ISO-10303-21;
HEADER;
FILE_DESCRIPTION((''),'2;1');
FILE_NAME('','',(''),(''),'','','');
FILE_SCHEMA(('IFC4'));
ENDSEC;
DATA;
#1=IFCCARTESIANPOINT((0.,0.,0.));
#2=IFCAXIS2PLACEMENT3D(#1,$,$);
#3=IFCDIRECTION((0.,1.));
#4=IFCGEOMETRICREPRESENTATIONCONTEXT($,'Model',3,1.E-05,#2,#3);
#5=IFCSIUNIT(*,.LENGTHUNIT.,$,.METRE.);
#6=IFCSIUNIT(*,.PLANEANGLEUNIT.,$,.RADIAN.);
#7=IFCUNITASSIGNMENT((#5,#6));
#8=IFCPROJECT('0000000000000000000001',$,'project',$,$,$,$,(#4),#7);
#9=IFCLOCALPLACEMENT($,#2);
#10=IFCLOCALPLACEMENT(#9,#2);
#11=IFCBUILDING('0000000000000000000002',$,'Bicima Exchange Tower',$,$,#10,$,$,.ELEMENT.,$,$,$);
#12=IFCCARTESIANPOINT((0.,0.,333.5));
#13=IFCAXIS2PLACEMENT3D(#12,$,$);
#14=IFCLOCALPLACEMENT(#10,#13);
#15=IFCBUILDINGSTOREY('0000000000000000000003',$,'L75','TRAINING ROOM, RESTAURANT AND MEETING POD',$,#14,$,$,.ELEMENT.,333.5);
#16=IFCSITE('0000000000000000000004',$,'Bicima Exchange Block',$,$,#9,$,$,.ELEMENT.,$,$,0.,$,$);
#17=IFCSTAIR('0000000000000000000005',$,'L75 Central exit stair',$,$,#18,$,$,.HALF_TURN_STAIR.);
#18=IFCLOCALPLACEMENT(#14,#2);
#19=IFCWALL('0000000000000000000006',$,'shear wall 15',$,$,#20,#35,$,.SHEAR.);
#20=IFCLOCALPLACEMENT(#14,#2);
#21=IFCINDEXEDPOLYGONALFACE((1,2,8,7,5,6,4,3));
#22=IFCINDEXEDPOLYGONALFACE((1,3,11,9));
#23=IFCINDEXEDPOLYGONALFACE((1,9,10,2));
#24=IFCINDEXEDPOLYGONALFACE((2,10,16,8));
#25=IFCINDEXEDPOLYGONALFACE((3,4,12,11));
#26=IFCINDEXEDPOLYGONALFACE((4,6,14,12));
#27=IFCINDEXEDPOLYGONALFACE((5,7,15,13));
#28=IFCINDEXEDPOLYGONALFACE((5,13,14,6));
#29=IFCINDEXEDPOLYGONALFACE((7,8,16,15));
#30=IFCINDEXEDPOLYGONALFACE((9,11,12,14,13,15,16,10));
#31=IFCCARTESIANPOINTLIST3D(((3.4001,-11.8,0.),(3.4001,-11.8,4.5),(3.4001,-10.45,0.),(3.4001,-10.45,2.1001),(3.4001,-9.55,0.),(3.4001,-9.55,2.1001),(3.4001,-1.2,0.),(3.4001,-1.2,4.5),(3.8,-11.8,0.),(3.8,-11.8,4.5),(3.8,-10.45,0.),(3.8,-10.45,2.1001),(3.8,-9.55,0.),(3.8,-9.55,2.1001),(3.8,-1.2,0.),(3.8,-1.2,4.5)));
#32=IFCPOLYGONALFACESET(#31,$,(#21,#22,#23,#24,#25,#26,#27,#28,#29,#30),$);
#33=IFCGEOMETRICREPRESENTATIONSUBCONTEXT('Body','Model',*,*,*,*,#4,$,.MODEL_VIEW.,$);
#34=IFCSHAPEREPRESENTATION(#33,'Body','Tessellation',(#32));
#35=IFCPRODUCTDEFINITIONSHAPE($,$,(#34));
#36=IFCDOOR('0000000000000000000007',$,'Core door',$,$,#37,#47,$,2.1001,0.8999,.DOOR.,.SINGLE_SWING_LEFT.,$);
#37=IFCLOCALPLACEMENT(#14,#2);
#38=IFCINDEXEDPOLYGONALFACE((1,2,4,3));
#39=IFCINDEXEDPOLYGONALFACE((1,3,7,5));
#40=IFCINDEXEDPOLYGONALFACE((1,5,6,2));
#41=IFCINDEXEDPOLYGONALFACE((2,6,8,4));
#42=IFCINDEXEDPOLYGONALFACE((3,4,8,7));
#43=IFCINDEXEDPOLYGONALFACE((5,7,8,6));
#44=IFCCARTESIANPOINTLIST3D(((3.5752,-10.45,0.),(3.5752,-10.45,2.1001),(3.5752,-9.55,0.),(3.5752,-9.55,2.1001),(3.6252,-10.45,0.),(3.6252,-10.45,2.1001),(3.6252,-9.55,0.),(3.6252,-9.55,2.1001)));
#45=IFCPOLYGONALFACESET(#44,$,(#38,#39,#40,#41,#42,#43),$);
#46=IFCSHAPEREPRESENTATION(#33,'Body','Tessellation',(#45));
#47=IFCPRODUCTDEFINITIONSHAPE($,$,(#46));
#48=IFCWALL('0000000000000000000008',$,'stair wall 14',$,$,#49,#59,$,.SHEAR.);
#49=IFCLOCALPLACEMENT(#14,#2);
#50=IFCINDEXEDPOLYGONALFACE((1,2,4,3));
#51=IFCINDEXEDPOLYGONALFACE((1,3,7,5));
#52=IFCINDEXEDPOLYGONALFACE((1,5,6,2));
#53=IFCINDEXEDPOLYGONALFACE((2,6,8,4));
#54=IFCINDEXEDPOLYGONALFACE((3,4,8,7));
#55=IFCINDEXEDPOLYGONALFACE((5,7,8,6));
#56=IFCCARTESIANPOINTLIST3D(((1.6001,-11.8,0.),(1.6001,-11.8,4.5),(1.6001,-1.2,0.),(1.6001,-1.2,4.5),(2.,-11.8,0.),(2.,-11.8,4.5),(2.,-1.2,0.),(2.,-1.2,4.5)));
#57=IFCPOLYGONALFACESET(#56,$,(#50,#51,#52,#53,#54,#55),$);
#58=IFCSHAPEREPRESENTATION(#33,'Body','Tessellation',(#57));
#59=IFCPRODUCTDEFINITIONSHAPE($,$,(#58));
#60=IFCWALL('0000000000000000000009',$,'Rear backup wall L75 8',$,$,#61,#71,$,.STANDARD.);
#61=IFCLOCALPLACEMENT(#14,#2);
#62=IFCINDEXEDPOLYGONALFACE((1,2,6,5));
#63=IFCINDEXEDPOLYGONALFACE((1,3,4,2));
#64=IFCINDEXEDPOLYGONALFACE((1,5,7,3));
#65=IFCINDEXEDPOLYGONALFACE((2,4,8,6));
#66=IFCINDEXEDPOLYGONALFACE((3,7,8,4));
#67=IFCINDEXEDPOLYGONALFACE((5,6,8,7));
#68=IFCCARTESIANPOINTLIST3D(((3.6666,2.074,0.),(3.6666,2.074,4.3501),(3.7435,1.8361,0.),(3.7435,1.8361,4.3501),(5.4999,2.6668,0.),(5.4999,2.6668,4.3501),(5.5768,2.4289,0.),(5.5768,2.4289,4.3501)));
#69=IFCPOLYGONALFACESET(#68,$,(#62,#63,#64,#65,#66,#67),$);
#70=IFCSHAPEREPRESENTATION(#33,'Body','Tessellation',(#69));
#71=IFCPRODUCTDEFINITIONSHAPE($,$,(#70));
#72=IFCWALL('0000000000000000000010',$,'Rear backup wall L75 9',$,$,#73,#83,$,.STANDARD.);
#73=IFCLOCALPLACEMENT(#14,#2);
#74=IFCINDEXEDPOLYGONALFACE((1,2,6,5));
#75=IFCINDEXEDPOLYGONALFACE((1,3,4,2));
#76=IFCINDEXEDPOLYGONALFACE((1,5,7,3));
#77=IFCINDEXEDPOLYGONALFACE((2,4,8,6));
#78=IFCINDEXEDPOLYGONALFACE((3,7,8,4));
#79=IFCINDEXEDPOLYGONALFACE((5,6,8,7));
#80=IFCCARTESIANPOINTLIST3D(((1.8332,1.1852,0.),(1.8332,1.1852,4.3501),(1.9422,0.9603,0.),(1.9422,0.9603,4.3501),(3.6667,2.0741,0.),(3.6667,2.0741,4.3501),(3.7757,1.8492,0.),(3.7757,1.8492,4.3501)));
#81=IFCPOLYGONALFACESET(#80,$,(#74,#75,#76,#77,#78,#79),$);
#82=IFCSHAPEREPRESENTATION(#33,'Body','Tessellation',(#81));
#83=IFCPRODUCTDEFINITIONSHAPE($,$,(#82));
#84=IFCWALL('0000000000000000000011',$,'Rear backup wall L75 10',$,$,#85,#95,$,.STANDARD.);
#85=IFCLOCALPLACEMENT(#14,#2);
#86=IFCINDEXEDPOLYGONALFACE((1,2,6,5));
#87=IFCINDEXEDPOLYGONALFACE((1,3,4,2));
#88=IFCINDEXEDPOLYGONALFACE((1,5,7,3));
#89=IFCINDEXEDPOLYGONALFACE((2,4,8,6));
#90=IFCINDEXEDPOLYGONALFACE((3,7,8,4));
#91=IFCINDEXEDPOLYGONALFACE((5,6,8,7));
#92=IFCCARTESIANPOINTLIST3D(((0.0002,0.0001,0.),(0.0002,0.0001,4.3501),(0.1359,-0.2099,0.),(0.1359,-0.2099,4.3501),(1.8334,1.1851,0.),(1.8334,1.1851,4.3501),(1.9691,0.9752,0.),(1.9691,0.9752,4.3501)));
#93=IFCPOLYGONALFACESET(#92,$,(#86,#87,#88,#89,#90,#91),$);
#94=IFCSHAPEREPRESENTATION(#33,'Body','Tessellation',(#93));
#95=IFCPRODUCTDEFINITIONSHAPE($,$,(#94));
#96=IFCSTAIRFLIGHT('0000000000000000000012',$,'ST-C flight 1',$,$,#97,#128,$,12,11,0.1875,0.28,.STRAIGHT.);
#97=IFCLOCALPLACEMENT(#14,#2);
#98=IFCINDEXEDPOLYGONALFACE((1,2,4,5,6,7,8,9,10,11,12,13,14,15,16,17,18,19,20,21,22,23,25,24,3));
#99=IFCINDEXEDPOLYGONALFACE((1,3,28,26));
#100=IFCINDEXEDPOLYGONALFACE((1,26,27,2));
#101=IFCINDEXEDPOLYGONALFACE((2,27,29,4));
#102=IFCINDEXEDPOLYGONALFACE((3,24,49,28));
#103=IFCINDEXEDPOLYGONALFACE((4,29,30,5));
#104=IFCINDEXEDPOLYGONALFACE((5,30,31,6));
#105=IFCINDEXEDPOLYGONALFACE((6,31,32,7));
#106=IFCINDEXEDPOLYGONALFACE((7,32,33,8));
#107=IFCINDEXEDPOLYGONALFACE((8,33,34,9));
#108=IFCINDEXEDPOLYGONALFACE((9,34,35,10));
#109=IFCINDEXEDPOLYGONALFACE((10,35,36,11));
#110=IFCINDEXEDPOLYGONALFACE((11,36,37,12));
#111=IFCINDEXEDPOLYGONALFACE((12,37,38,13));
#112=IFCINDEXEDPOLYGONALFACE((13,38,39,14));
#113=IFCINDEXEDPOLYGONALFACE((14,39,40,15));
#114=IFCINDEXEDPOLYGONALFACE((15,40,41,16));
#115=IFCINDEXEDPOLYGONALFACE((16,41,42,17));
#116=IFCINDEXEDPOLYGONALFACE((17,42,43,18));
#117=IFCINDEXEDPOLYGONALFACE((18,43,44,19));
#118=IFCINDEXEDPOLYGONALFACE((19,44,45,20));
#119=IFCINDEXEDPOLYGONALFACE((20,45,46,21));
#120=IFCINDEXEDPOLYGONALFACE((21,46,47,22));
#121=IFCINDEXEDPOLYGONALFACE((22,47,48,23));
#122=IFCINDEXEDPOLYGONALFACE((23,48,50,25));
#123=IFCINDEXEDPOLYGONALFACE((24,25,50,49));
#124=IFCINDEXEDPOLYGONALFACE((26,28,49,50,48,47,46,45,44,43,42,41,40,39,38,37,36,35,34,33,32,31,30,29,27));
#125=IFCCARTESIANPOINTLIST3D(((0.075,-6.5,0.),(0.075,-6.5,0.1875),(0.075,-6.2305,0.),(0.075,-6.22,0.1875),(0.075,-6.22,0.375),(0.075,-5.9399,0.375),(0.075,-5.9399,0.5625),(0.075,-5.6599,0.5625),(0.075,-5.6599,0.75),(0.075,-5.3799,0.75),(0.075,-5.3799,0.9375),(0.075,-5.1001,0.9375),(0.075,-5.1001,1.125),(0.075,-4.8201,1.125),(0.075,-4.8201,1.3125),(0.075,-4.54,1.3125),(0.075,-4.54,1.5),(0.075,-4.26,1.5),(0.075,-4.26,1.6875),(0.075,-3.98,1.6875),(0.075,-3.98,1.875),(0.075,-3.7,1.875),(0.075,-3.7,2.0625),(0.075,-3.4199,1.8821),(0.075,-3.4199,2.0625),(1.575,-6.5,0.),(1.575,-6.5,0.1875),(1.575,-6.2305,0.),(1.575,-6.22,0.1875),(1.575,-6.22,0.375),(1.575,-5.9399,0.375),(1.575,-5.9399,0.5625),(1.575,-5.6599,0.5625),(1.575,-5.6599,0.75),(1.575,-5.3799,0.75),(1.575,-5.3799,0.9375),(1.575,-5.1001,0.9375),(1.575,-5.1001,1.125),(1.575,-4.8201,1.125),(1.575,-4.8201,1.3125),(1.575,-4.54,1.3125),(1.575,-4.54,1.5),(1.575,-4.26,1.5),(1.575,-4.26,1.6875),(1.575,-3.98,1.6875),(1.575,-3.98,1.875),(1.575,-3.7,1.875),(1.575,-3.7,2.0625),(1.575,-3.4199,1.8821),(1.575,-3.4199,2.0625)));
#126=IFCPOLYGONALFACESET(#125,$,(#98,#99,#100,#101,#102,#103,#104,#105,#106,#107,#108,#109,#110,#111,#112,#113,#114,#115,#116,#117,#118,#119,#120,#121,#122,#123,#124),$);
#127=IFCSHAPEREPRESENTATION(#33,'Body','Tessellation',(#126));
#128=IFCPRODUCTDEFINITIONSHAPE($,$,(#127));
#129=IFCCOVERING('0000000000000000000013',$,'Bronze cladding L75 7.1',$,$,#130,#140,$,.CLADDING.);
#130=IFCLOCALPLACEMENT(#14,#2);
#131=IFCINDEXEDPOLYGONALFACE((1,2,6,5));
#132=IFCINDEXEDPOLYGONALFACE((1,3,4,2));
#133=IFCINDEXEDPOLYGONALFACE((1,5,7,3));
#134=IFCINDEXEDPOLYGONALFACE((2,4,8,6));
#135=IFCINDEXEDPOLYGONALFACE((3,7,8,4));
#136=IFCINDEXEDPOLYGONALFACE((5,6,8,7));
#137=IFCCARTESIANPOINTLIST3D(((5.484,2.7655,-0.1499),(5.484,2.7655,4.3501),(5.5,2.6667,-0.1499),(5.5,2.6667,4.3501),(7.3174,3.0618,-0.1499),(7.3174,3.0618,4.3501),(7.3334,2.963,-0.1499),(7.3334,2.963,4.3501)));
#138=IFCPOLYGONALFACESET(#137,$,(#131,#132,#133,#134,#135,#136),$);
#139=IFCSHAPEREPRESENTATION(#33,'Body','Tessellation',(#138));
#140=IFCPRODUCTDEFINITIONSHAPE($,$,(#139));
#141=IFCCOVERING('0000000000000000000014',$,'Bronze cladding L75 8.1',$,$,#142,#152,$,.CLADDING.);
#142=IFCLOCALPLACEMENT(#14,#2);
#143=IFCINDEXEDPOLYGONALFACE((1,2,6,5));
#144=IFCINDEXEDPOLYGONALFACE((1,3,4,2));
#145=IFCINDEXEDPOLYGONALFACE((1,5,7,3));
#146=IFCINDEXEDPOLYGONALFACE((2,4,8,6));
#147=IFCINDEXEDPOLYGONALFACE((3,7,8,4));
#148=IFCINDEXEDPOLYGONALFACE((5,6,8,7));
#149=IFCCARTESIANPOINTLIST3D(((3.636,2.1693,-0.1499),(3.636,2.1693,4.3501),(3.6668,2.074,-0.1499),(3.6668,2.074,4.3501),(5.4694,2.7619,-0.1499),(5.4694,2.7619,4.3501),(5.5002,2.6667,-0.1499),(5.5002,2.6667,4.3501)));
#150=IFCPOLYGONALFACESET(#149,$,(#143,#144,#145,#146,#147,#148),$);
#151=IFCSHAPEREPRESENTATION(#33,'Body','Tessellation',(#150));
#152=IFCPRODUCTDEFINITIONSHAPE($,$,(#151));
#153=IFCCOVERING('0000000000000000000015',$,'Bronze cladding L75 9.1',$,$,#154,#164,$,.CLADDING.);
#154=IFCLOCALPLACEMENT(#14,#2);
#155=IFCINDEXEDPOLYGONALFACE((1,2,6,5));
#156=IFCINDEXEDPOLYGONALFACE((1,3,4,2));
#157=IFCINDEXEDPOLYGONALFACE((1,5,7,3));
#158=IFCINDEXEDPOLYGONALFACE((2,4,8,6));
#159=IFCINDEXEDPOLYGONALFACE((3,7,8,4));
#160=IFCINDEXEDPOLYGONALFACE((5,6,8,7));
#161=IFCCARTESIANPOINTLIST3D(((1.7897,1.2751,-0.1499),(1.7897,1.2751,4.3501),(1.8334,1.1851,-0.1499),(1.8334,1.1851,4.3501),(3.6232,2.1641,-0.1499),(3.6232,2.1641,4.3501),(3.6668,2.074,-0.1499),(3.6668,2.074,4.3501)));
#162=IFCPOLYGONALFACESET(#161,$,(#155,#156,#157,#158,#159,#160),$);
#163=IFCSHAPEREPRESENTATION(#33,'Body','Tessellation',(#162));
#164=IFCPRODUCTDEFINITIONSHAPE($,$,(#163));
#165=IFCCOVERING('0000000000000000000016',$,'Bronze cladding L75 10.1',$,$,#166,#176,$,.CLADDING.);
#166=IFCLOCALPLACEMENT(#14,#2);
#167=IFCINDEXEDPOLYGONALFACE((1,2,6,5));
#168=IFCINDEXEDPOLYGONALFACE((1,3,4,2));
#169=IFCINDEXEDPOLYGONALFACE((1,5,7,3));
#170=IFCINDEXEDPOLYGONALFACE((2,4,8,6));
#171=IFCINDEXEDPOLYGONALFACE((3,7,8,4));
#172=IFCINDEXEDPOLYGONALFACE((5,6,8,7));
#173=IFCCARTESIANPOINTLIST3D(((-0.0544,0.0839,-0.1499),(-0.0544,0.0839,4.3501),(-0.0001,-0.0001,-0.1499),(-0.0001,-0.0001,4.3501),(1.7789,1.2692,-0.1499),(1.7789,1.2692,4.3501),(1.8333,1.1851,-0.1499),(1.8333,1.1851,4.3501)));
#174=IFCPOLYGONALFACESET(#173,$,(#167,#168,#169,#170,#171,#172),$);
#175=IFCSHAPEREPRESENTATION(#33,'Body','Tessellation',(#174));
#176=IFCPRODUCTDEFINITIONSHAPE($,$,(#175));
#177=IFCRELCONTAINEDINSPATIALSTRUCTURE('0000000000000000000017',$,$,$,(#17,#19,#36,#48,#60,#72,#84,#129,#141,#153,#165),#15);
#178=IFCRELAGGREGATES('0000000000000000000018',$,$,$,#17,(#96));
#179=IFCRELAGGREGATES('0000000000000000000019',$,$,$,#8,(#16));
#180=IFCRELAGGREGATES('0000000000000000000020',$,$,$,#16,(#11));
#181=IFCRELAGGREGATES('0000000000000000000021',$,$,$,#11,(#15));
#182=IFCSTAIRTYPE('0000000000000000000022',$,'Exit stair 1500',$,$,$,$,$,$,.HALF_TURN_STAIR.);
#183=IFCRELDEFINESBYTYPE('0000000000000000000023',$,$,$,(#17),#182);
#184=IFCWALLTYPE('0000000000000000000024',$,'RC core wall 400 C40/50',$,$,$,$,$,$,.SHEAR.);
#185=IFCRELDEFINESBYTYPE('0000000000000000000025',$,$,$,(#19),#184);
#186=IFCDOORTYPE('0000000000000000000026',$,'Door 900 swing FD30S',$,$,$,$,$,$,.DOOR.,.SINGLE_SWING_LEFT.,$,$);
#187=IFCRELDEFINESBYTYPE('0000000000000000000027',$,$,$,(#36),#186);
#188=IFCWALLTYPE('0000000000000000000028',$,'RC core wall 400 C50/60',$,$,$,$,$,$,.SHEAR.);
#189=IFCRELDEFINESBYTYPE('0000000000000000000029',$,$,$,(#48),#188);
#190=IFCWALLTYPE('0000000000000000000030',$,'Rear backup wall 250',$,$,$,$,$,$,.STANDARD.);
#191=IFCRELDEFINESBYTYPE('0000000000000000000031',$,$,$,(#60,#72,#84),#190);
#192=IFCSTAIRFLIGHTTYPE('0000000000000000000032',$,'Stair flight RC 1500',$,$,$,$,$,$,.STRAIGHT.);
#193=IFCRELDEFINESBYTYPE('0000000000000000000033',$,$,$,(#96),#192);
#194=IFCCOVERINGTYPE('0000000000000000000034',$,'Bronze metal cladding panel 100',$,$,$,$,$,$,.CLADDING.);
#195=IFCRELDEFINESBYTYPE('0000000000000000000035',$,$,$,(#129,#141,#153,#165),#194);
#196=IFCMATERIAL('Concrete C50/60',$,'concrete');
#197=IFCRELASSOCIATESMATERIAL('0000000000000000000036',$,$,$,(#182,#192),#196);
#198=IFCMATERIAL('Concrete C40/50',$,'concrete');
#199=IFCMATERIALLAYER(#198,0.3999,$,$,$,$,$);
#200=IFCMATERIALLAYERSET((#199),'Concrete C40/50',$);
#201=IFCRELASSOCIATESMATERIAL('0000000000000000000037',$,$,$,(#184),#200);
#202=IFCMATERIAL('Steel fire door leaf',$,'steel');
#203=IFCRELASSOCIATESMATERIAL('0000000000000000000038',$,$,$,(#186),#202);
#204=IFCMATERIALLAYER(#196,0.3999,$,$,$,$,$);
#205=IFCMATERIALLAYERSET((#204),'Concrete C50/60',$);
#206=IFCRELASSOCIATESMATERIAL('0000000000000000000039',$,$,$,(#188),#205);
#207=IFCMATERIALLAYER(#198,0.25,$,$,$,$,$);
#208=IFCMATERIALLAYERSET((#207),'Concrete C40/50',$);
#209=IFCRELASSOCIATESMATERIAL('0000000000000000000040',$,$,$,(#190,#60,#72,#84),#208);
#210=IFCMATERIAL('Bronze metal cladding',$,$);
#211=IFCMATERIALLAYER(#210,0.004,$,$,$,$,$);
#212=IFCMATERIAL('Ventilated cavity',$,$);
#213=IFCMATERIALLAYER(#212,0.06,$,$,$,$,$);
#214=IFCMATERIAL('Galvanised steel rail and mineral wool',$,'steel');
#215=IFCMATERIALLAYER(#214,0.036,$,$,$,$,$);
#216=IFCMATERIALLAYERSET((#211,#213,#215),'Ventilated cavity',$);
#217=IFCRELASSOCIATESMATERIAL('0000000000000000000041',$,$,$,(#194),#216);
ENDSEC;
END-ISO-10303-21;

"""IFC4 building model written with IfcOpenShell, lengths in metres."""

from ifc_helpers import new_model, si_unit, direction, frame, frame_2d, origin, origin_2d, place, context, subcontext, project, spatial, polyline, rectangle, outline, extrude, material, layer, layer_set, layer_usage, type_object, element, fill, aggregate, save


model = new_model("IFC4")

# Units and contexts
model_context = context("Model", 3, precision=1e-05, world=origin(), true_north=direction((0.0, 1.0)))
body_context = subcontext(model_context, "Body", "Model", "MODEL_VIEW")
ifc_project = project(units=[si_unit("LENGTHUNIT", "METRE"), si_unit("PLANEANGLEUNIT", "RADIAN")], contexts=[model_context])

# Site, building, storey
site_placement = place(None, origin())
site = spatial("IfcSite", under=ifc_project, at=site_placement, Name="Bicima Exchange Block", CompositionType="ELEMENT", RefElevation=0.0)
building_placement = place(site_placement, origin())
building = spatial("IfcBuilding", under=site, at=building_placement, Name="Bicima Exchange Tower", CompositionType="ELEMENT")
storey_placement = place(building_placement, frame((0.0, 0.0, 333.5)))
storey = spatial("IfcBuildingStorey", under=building, at=storey_placement, Name="L75", Description="TRAINING ROOM, RESTAURANT AND MEETING POD", CompositionType="ELEMENT", Elevation=333.5)

# Shared definitions
ifc_material_1 = material(Name="Concrete C40/50", Category="concrete")

# Stair
ifc_material_2 = material(Name="Concrete C50/60", Category="concrete")
stair_type_1 = type_object("IfcStairType", Name="Exit stair 1500", PredefinedType="HALF_TURN_STAIR", material=ifc_material_2)
stair_1_placement = place(storey_placement, origin())
stair_1 = element("IfcStair", 1, at=stair_1_placement, inside=storey, type_object=stair_type_1, Name="L75 Central exit stair", PredefinedType="HALF_TURN_STAIR")

# Shared definitions
ifc_layer_1 = layer(ifc_material_1, 0.3999)
ifc_layer_set_1 = layer_set([ifc_layer_1], Name="Concrete C40/50")
wall_type_1 = type_object("IfcWallType", Name="RC core wall 400 C40/50", PredefinedType="SHEAR", material=ifc_layer_set_1)
ifc_material_3 = material(Name="Steel fire door leaf", Category="steel")
door_type_1 = type_object("IfcDoorType", Name="Door 900 swing FD30S", OperationType="SINGLE_SWING_LEFT", PredefinedType="DOOR", material=ifc_material_3)

# Wall, opening, door
wall_1_placement = place(storey_placement, frame((3.6001, -11.8, 0.0), z_axis=(0.0, 0.0, 1.0), x_axis=(0.0, 1.0, 0.0)))
wall_1 = element("IfcWall", 2, at=wall_1_placement, inside=storey, type_object=wall_type_1, Name="shear wall 15", PredefinedType="SHEAR", context=body_context, shape_type="SweptSolid", body=[
    extrude(rectangle(XDim=10.6001, YDim=0.3999, at=frame_2d((5.3, 0.0))), origin(), (0.0, 0.0, 1.0), 4.5),
])
opening_1_placement = place(wall_1_placement, frame((1.3501, 0.0, 0.0)))
opening_1 = element("IfcOpeningElement", 3, at=opening_1_placement, cuts=wall_1, PredefinedType="OPENING", context=body_context, shape_type="SweptSolid", body=[
    extrude(rectangle(XDim=0.8999, YDim=2.1001, at=frame_2d((0.45, 1.05))), frame((0.0, 0.2119, 0.0), z_axis=(0.0, -1.0, 0.0), x_axis=(1.0, 0.0, 0.0)), (0.0, 0.0, 1.0), 0.4238),
])
door_1_placement = place(opening_1_placement, origin())
door_1 = element("IfcDoor", 4, at=door_1_placement, inside=storey, type_object=door_type_1, Name="Core door", OperationType="SINGLE_SWING_LEFT", OverallHeight=2.1001, OverallWidth=0.8999, PredefinedType="DOOR", context=body_context, shape_type="SweptSolid", body=[
    extrude(rectangle(XDim=0.8999, YDim=2.1001, at=frame_2d((0.45, 1.05))), frame((0.0, 0.0249, 0.0), z_axis=(0.0, -1.0, 0.0), x_axis=(1.0, 0.0, 0.0)), (0.0, 0.0, 1.0), 0.05),
])
fill(opening_1, door_1)

# Walls
ifc_layer_2 = layer(ifc_material_2, 0.3999)
ifc_layer_set_2 = layer_set([ifc_layer_2], Name="Concrete C50/60")
wall_type_2 = type_object("IfcWallType", Name="RC core wall 400 C50/60", PredefinedType="SHEAR", material=ifc_layer_set_2)
wall_2_placement = place(storey_placement, frame((1.8, -11.8, 0.0), z_axis=(0.0, 0.0, 1.0), x_axis=(0.0, 1.0, 0.0)))
element("IfcWall", 5, at=wall_2_placement, inside=storey, type_object=wall_type_2, Name="stair wall 14", PredefinedType="SHEAR", context=body_context, shape_type="SweptSolid", body=[
    extrude(rectangle(XDim=10.6001, YDim=0.3999, at=frame_2d((5.3, 0.0))), origin(), (0.0, 0.0, 1.0), 4.5),
])
ifc_layer_3 = layer(ifc_material_1, 0.25)
ifc_layer_set_3 = layer_set([ifc_layer_3], Name="Concrete C40/50")
ifc_layer_usage = layer_usage(ifc_layer_set_3, "AXIS2", "POSITIVE", -0.125)
wall_type_3 = type_object("IfcWallType", Name="Rear backup wall 250", PredefinedType="STANDARD", material=ifc_layer_set_3)
wall_3_placement = place(storey_placement, frame((5.5383, 2.5479, 0.0), z_axis=(0.0, 0.0, 1.0), x_axis=(-0.951496, -0.307662, 0.0)))
element("IfcWall", 6, at=wall_3_placement, inside=storey, type_object=wall_type_3, material=ifc_layer_usage, Name="Rear backup wall L75 8", PredefinedType="STANDARD", context=body_context, shape_type="SweptSolid", body=[
    extrude(rectangle(XDim=1.9268, YDim=0.25, at=frame_2d((0.9634, 0.0))), origin(), (0.0, 0.0, 1.0), 4.3501),
])
wall_4_placement = place(storey_placement, frame((3.7212, 1.9617, 0.0), z_axis=(0.0, 0.0, 1.0), x_axis=(-0.899824, -0.436253, 0.0)))
element("IfcWall", 7, at=wall_4_placement, inside=storey, type_object=wall_type_3, material=ifc_layer_usage, Name="Rear backup wall L75 9", PredefinedType="STANDARD", context=body_context, shape_type="SweptSolid", body=[
    extrude(rectangle(XDim=2.0376, YDim=0.25, at=frame_2d((1.0188, 0.0))), origin(), (0.0, 0.0, 1.0), 4.3501),
])
wall_5_placement = place(storey_placement, frame((1.9011, 1.0801, 0.0), z_axis=(0.0, 0.0, 1.0), x_axis=(-0.839813, -0.542876, 0.0)))
element("IfcWall", 8, at=wall_5_placement, inside=storey, type_object=wall_type_3, material=ifc_layer_usage, Name="Rear backup wall L75 10", PredefinedType="STANDARD", context=body_context, shape_type="SweptSolid", body=[
    extrude(rectangle(XDim=2.1829, YDim=0.25, at=frame_2d((1.0913, 0.0))), origin(), (0.0, 0.0, 1.0), 4.3501),
])

# Stair flight
stair_flight_type = type_object("IfcStairFlightType", Name="Stair flight RC 1500", PredefinedType="STRAIGHT", material=ifc_material_2)
stair_flight_placement = place(storey_placement, frame((0.825, -6.5, 0.0), z_axis=(0.0, 0.0, 1.0), x_axis=(0.0, 1.0, 0.0)))
stair_flight = element("IfcStairFlight", 9, at=stair_flight_placement, type_object=stair_flight_type, Name="ST-C flight 1", NumberOfRisers=12, NumberOfTreads=11, PredefinedType="STRAIGHT", RiserHeight=0.1875, TreadLength=0.28, context=body_context, shape_type="SweptSolid", body=[
    extrude(outline(polyline([(0.0, 0.0), (0.0, 0.1875), (0.28, 0.1875), (0.28, 0.375), (0.5601, 0.375), (0.5601, 0.5625), (0.8401, 0.5625), (0.8401, 0.75), (1.1201, 0.75), (1.1201, 0.9375), (1.3999, 0.9375), (1.3999, 1.125), (1.6799, 1.125), (1.6799, 1.3125), (1.96, 1.3125), (1.96, 1.5), (2.24, 1.5), (2.24, 1.6875), (2.52, 1.6875), (2.52, 1.875), (2.8, 1.875), (2.8, 2.0625), (3.0801, 2.0625), (3.0801, 2.25), (3.0801, 1.8821), (0.2695, 0.0), (0.0, 0.0)])), frame((0.0, 0.75, 0.0), z_axis=(0.0, -1.0, 0.0), x_axis=(1.0, 0.0, 0.0)), (0.0, 0.0, 1.0), 1.5),
])
aggregate(stair_1, [stair_flight])

# Coverings
ifc_material_4 = material(Name="Bronze metal cladding")
ifc_layer_4 = layer(ifc_material_4, 0.004)
ifc_material_5 = material(Name="Ventilated cavity")
ifc_layer_5 = layer(ifc_material_5, 0.06)
ifc_material_6 = material(Name="Galvanised steel rail and mineral wool", Category="steel")
ifc_layer_6 = layer(ifc_material_6, 0.036)
ifc_layer_set_4 = layer_set([ifc_layer_4, ifc_layer_5, ifc_layer_6], Name="Ventilated cavity")
covering_type = type_object("IfcCoveringType", Name="Bronze metal cladding panel 100", PredefinedType="CLADDING", material=ifc_layer_set_4)
covering_1_placement = place(storey_placement, frame((6.4087, 2.8643, -0.1499), z_axis=(0.0, 0.0, 1.0), x_axis=(-0.98719, -0.15955, 0.0)))
element("IfcCovering", 10, at=covering_1_placement, inside=storey, type_object=covering_type, Name="Bronze cladding L75 7.1", PredefinedType="CLADDING", context=body_context, shape_type="SweptSolid", body=[
    extrude(rectangle(XDim=1.8572, YDim=0.1001, at=origin_2d()), origin(), (0.0, 0.0, 1.0), 4.5),
])
covering_2_placement = place(storey_placement, frame((4.5681, 2.418, -0.1499), z_axis=(0.0, 0.0, 1.0), x_axis=(-0.951525, -0.307573, 0.0)))
element("IfcCovering", 11, at=covering_2_placement, inside=storey, type_object=covering_type, Name="Bronze cladding L75 8.1", PredefinedType="CLADDING", context=body_context, shape_type="SweptSolid", body=[
    extrude(rectangle(XDim=1.9268, YDim=0.1001, at=origin_2d()), origin(), (0.0, 0.0, 1.0), 4.5),
])
covering_3_placement = place(storey_placement, frame((2.7283, 1.6746, -0.1499), z_axis=(0.0, 0.0, 1.0), x_axis=(-0.899818, -0.436265, 0.0)))
element("IfcCovering", 12, at=covering_3_placement, inside=storey, type_object=covering_type, Name="Bronze cladding L75 9.1", PredefinedType="CLADDING", context=body_context, shape_type="SweptSolid", body=[
    extrude(rectangle(XDim=2.0376, YDim=0.1001, at=origin_2d()), origin(), (0.0, 0.0, 1.0), 4.5),
])
covering_4_placement = place(storey_placement, frame((0.8894, 0.6345, -0.1499), z_axis=(0.0, 0.0, 1.0), x_axis=(-0.83979, -0.542911, 0.0)))
element("IfcCovering", 13, at=covering_4_placement, inside=storey, type_object=covering_type, Name="Bronze cladding L75 10.1", PredefinedType="CLADDING", context=body_context, shape_type="SweptSolid", body=[
    extrude(rectangle(XDim=2.1831, YDim=0.1001, at=origin_2d()), origin(), (0.0, 0.0, 1.0), 4.5),
])

save(model, "model.ifc")
